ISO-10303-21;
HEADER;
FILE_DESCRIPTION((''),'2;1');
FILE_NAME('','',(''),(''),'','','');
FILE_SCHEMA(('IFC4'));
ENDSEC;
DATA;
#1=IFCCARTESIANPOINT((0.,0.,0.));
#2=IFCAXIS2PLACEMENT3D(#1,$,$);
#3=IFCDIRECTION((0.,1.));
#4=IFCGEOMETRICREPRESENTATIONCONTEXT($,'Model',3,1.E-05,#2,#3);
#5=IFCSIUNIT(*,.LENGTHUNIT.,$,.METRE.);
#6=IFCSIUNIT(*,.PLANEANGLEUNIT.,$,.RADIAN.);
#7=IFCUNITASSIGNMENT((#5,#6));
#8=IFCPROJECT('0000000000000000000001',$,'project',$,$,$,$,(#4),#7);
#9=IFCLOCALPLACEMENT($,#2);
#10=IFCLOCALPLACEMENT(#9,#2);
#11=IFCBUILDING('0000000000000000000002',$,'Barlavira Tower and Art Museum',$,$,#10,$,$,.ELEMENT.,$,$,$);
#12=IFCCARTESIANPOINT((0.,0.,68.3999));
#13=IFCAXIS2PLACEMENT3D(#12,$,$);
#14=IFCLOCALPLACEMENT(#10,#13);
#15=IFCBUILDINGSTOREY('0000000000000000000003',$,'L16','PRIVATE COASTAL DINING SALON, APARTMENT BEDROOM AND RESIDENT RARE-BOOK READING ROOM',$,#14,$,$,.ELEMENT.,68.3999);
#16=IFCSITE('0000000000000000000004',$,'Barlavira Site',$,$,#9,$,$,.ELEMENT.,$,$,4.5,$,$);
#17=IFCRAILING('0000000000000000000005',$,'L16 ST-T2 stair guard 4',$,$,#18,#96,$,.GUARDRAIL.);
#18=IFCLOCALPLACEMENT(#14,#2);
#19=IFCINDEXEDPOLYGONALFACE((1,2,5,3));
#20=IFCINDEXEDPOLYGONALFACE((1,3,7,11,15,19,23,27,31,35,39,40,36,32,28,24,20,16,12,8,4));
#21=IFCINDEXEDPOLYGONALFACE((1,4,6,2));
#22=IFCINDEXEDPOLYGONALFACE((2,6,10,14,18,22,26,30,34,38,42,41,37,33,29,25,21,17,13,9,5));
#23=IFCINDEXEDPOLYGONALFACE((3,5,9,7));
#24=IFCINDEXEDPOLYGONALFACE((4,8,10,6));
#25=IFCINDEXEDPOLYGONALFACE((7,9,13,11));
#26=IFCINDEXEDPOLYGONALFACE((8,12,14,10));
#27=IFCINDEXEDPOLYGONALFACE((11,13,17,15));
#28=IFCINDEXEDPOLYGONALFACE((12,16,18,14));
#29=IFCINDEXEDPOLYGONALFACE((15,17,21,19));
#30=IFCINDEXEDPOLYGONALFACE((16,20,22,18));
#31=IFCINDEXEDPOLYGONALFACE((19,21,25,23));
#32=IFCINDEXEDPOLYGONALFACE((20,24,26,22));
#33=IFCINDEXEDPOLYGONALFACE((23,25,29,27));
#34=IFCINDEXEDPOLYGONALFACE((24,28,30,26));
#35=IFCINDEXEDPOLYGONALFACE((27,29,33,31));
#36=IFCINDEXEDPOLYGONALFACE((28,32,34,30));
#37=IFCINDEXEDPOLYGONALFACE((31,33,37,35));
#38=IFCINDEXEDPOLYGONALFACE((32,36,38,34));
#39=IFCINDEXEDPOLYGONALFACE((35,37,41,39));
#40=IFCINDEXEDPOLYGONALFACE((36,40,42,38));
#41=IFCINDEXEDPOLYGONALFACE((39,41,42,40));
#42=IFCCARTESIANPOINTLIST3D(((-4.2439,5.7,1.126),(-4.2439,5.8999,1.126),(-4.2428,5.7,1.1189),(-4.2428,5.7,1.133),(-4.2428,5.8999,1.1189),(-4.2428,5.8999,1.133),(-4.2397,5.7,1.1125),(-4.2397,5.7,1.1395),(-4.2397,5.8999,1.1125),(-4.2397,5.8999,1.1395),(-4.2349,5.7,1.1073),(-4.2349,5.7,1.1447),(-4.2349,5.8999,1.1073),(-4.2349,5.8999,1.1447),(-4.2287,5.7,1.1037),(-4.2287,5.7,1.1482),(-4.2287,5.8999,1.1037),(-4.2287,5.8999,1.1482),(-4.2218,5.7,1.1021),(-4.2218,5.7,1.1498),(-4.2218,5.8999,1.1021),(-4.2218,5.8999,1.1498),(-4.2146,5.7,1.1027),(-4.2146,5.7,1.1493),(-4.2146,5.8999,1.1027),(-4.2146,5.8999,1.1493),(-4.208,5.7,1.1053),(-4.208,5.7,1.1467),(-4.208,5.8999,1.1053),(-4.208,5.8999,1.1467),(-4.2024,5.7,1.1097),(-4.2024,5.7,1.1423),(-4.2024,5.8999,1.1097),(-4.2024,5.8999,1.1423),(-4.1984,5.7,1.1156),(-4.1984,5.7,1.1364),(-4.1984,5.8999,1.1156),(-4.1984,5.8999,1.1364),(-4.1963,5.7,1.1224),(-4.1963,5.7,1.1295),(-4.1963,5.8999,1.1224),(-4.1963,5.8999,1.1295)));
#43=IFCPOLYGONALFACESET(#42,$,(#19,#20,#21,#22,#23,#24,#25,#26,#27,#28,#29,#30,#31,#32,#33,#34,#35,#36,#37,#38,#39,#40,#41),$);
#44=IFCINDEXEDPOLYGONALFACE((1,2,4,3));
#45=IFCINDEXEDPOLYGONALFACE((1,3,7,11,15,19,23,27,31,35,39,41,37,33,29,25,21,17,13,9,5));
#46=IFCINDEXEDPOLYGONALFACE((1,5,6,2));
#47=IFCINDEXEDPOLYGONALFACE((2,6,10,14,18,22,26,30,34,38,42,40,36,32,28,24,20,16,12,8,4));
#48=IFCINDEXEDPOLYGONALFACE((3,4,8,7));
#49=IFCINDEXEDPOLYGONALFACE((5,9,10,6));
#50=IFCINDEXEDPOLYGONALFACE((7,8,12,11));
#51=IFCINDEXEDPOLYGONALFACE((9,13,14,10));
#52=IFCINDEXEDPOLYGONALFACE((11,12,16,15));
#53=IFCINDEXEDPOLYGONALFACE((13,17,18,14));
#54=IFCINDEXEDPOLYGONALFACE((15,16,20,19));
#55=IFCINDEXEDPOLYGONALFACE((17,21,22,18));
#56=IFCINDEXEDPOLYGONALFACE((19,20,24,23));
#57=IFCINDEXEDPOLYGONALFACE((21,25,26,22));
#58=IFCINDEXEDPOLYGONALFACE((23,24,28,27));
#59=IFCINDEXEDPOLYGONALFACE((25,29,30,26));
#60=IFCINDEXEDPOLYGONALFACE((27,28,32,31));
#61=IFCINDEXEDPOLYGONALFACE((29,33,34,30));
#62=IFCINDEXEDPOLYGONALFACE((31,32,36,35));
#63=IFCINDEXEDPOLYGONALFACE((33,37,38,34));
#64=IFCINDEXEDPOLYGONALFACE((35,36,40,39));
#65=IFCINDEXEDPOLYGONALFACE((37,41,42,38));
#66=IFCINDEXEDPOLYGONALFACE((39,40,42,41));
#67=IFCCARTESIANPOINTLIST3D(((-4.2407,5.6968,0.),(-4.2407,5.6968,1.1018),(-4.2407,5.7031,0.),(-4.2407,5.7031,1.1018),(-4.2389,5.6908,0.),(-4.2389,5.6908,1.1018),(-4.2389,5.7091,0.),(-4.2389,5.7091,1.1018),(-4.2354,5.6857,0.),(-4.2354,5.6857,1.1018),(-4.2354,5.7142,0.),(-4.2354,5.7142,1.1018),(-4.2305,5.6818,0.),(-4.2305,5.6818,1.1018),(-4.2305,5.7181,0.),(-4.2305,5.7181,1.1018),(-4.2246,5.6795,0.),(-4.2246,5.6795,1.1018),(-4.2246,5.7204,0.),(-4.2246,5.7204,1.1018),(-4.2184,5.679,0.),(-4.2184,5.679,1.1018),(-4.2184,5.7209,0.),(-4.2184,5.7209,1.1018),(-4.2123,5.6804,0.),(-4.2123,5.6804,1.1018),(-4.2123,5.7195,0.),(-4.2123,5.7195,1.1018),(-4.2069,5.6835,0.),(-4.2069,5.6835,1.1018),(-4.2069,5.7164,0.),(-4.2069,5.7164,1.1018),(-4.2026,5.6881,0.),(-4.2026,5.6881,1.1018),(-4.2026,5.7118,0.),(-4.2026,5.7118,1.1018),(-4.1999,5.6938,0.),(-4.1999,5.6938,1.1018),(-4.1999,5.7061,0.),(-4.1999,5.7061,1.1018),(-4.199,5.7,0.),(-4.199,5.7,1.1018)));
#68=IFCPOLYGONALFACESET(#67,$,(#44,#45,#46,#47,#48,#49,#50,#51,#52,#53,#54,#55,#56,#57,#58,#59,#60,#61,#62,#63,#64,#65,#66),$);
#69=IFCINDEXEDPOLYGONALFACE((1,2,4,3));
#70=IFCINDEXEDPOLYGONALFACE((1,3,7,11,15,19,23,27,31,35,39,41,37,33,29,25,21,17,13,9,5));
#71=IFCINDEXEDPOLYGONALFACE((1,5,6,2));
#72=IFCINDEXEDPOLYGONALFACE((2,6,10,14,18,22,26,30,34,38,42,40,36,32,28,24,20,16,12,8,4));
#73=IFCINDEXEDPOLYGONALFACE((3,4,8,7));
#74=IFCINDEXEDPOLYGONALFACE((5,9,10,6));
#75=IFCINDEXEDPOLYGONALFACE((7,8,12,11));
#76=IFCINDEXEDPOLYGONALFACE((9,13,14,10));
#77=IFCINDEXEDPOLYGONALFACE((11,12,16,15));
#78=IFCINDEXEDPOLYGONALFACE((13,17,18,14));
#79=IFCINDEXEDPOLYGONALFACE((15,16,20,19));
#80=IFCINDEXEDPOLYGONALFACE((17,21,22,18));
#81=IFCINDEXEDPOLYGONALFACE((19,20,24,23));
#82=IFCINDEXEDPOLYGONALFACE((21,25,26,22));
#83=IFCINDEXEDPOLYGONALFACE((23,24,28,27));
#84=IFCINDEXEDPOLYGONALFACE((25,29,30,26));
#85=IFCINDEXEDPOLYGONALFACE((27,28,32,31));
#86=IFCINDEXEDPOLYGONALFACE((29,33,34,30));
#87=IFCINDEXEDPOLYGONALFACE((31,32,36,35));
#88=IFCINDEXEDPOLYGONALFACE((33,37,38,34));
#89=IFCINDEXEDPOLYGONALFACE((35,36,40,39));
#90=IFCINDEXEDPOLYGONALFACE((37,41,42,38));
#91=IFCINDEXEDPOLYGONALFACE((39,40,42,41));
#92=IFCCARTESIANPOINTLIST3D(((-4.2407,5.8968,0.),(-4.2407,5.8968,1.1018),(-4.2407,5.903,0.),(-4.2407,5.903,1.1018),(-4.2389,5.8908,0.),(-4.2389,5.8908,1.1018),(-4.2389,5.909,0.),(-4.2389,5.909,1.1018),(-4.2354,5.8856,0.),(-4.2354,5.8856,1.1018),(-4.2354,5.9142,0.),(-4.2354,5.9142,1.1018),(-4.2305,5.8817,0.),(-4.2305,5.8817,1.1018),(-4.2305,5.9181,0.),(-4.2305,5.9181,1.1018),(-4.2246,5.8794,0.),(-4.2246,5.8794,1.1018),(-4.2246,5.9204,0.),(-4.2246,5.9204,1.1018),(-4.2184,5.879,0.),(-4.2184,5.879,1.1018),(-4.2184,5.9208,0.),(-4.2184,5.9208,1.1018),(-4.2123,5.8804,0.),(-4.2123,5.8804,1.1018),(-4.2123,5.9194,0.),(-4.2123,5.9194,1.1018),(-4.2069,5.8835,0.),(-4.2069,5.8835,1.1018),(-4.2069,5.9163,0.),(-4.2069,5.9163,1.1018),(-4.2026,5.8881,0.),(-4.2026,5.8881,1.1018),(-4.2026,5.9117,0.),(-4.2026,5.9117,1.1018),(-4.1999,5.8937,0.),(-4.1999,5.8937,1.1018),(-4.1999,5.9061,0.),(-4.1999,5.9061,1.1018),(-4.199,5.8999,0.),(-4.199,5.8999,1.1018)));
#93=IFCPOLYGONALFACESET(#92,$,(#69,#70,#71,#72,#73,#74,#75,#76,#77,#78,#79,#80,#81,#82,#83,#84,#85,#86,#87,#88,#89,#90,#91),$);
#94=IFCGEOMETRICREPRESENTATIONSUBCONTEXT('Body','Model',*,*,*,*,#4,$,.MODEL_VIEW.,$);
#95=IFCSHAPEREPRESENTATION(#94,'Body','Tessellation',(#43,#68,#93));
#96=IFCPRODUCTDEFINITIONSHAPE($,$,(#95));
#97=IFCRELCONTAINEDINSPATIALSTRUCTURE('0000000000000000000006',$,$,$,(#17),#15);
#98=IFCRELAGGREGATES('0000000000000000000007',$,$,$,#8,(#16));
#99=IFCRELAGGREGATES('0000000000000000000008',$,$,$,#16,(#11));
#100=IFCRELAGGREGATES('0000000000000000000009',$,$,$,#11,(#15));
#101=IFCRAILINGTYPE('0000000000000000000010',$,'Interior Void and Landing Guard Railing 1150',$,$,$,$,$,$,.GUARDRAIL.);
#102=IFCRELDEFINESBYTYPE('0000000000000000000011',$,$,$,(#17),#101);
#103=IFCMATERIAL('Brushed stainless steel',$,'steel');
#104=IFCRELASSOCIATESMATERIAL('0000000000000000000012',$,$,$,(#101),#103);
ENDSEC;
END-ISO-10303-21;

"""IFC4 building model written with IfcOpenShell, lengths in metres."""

from ifc_helpers import new_model, si_unit, direction, frame, origin, origin_2d, place, context, subcontext, project, spatial, circle, extrude, material, type_object, element, save


model = new_model("IFC4")

# Units and contexts
model_context = context("Model", 3, precision=1e-05, world=origin(), true_north=direction((0.0, 1.0)))
body_context = subcontext(model_context, "Body", "Model", "MODEL_VIEW")
ifc_project = project(units=[si_unit("LENGTHUNIT", "METRE"), si_unit("PLANEANGLEUNIT", "RADIAN")], contexts=[model_context])

# Site, building, storey
site_placement = place(None, origin())
site = spatial("IfcSite", under=ifc_project, at=site_placement, Name="Barlavira Site", CompositionType="ELEMENT", RefElevation=4.5)
building_placement = place(site_placement, origin())
building = spatial("IfcBuilding", under=site, at=building_placement, Name="Barlavira Tower and Art Museum", CompositionType="ELEMENT")
storey_placement = place(building_placement, frame((0.0, 0.0, 68.3999)))
storey = spatial("IfcBuildingStorey", under=building, at=storey_placement, Name="L16", Description="PRIVATE COASTAL DINING SALON, APARTMENT BEDROOM AND RESIDENT RARE-BOOK READING ROOM", CompositionType="ELEMENT", Elevation=68.3999)

# Shared definitions
ifc_material_1 = material(Name="Brushed stainless steel", Category="steel")

# Railing
railing_type_1 = type_object("IfcRailingType", Name="Interior Void and Landing Guard Railing 1150", PredefinedType="GUARDRAIL", material=ifc_material_1)
railing_1_placement = place(storey_placement, frame((-4.22, 5.7, 0.0)))
element("IfcRailing", 1, at=railing_1_placement, inside=storey, type_object=railing_type_1, Name="L16 ST-T2 stair guard 4", PredefinedType="GUARDRAIL", context=body_context, shape_type="SweptSolid", body=[
    extrude(circle(Radius=0.0239, at=origin_2d()), frame((0.0, 0.0, 1.126), z_axis=(0.0, 1.0, 0.0), x_axis=(-1.0, 0.0, 0.0)), (0.0, 0.0, 1.0), 0.2),
    extrude(circle(Radius=0.021, at=origin_2d()), origin(), (0.0, 0.0, 1.0), 1.1018),
    extrude(circle(Radius=0.021, at=origin_2d()), frame((0.0, 0.2, 0.0)), (0.0, 0.0, 1.0), 1.1018),
])

save(model, "model.ifc")
